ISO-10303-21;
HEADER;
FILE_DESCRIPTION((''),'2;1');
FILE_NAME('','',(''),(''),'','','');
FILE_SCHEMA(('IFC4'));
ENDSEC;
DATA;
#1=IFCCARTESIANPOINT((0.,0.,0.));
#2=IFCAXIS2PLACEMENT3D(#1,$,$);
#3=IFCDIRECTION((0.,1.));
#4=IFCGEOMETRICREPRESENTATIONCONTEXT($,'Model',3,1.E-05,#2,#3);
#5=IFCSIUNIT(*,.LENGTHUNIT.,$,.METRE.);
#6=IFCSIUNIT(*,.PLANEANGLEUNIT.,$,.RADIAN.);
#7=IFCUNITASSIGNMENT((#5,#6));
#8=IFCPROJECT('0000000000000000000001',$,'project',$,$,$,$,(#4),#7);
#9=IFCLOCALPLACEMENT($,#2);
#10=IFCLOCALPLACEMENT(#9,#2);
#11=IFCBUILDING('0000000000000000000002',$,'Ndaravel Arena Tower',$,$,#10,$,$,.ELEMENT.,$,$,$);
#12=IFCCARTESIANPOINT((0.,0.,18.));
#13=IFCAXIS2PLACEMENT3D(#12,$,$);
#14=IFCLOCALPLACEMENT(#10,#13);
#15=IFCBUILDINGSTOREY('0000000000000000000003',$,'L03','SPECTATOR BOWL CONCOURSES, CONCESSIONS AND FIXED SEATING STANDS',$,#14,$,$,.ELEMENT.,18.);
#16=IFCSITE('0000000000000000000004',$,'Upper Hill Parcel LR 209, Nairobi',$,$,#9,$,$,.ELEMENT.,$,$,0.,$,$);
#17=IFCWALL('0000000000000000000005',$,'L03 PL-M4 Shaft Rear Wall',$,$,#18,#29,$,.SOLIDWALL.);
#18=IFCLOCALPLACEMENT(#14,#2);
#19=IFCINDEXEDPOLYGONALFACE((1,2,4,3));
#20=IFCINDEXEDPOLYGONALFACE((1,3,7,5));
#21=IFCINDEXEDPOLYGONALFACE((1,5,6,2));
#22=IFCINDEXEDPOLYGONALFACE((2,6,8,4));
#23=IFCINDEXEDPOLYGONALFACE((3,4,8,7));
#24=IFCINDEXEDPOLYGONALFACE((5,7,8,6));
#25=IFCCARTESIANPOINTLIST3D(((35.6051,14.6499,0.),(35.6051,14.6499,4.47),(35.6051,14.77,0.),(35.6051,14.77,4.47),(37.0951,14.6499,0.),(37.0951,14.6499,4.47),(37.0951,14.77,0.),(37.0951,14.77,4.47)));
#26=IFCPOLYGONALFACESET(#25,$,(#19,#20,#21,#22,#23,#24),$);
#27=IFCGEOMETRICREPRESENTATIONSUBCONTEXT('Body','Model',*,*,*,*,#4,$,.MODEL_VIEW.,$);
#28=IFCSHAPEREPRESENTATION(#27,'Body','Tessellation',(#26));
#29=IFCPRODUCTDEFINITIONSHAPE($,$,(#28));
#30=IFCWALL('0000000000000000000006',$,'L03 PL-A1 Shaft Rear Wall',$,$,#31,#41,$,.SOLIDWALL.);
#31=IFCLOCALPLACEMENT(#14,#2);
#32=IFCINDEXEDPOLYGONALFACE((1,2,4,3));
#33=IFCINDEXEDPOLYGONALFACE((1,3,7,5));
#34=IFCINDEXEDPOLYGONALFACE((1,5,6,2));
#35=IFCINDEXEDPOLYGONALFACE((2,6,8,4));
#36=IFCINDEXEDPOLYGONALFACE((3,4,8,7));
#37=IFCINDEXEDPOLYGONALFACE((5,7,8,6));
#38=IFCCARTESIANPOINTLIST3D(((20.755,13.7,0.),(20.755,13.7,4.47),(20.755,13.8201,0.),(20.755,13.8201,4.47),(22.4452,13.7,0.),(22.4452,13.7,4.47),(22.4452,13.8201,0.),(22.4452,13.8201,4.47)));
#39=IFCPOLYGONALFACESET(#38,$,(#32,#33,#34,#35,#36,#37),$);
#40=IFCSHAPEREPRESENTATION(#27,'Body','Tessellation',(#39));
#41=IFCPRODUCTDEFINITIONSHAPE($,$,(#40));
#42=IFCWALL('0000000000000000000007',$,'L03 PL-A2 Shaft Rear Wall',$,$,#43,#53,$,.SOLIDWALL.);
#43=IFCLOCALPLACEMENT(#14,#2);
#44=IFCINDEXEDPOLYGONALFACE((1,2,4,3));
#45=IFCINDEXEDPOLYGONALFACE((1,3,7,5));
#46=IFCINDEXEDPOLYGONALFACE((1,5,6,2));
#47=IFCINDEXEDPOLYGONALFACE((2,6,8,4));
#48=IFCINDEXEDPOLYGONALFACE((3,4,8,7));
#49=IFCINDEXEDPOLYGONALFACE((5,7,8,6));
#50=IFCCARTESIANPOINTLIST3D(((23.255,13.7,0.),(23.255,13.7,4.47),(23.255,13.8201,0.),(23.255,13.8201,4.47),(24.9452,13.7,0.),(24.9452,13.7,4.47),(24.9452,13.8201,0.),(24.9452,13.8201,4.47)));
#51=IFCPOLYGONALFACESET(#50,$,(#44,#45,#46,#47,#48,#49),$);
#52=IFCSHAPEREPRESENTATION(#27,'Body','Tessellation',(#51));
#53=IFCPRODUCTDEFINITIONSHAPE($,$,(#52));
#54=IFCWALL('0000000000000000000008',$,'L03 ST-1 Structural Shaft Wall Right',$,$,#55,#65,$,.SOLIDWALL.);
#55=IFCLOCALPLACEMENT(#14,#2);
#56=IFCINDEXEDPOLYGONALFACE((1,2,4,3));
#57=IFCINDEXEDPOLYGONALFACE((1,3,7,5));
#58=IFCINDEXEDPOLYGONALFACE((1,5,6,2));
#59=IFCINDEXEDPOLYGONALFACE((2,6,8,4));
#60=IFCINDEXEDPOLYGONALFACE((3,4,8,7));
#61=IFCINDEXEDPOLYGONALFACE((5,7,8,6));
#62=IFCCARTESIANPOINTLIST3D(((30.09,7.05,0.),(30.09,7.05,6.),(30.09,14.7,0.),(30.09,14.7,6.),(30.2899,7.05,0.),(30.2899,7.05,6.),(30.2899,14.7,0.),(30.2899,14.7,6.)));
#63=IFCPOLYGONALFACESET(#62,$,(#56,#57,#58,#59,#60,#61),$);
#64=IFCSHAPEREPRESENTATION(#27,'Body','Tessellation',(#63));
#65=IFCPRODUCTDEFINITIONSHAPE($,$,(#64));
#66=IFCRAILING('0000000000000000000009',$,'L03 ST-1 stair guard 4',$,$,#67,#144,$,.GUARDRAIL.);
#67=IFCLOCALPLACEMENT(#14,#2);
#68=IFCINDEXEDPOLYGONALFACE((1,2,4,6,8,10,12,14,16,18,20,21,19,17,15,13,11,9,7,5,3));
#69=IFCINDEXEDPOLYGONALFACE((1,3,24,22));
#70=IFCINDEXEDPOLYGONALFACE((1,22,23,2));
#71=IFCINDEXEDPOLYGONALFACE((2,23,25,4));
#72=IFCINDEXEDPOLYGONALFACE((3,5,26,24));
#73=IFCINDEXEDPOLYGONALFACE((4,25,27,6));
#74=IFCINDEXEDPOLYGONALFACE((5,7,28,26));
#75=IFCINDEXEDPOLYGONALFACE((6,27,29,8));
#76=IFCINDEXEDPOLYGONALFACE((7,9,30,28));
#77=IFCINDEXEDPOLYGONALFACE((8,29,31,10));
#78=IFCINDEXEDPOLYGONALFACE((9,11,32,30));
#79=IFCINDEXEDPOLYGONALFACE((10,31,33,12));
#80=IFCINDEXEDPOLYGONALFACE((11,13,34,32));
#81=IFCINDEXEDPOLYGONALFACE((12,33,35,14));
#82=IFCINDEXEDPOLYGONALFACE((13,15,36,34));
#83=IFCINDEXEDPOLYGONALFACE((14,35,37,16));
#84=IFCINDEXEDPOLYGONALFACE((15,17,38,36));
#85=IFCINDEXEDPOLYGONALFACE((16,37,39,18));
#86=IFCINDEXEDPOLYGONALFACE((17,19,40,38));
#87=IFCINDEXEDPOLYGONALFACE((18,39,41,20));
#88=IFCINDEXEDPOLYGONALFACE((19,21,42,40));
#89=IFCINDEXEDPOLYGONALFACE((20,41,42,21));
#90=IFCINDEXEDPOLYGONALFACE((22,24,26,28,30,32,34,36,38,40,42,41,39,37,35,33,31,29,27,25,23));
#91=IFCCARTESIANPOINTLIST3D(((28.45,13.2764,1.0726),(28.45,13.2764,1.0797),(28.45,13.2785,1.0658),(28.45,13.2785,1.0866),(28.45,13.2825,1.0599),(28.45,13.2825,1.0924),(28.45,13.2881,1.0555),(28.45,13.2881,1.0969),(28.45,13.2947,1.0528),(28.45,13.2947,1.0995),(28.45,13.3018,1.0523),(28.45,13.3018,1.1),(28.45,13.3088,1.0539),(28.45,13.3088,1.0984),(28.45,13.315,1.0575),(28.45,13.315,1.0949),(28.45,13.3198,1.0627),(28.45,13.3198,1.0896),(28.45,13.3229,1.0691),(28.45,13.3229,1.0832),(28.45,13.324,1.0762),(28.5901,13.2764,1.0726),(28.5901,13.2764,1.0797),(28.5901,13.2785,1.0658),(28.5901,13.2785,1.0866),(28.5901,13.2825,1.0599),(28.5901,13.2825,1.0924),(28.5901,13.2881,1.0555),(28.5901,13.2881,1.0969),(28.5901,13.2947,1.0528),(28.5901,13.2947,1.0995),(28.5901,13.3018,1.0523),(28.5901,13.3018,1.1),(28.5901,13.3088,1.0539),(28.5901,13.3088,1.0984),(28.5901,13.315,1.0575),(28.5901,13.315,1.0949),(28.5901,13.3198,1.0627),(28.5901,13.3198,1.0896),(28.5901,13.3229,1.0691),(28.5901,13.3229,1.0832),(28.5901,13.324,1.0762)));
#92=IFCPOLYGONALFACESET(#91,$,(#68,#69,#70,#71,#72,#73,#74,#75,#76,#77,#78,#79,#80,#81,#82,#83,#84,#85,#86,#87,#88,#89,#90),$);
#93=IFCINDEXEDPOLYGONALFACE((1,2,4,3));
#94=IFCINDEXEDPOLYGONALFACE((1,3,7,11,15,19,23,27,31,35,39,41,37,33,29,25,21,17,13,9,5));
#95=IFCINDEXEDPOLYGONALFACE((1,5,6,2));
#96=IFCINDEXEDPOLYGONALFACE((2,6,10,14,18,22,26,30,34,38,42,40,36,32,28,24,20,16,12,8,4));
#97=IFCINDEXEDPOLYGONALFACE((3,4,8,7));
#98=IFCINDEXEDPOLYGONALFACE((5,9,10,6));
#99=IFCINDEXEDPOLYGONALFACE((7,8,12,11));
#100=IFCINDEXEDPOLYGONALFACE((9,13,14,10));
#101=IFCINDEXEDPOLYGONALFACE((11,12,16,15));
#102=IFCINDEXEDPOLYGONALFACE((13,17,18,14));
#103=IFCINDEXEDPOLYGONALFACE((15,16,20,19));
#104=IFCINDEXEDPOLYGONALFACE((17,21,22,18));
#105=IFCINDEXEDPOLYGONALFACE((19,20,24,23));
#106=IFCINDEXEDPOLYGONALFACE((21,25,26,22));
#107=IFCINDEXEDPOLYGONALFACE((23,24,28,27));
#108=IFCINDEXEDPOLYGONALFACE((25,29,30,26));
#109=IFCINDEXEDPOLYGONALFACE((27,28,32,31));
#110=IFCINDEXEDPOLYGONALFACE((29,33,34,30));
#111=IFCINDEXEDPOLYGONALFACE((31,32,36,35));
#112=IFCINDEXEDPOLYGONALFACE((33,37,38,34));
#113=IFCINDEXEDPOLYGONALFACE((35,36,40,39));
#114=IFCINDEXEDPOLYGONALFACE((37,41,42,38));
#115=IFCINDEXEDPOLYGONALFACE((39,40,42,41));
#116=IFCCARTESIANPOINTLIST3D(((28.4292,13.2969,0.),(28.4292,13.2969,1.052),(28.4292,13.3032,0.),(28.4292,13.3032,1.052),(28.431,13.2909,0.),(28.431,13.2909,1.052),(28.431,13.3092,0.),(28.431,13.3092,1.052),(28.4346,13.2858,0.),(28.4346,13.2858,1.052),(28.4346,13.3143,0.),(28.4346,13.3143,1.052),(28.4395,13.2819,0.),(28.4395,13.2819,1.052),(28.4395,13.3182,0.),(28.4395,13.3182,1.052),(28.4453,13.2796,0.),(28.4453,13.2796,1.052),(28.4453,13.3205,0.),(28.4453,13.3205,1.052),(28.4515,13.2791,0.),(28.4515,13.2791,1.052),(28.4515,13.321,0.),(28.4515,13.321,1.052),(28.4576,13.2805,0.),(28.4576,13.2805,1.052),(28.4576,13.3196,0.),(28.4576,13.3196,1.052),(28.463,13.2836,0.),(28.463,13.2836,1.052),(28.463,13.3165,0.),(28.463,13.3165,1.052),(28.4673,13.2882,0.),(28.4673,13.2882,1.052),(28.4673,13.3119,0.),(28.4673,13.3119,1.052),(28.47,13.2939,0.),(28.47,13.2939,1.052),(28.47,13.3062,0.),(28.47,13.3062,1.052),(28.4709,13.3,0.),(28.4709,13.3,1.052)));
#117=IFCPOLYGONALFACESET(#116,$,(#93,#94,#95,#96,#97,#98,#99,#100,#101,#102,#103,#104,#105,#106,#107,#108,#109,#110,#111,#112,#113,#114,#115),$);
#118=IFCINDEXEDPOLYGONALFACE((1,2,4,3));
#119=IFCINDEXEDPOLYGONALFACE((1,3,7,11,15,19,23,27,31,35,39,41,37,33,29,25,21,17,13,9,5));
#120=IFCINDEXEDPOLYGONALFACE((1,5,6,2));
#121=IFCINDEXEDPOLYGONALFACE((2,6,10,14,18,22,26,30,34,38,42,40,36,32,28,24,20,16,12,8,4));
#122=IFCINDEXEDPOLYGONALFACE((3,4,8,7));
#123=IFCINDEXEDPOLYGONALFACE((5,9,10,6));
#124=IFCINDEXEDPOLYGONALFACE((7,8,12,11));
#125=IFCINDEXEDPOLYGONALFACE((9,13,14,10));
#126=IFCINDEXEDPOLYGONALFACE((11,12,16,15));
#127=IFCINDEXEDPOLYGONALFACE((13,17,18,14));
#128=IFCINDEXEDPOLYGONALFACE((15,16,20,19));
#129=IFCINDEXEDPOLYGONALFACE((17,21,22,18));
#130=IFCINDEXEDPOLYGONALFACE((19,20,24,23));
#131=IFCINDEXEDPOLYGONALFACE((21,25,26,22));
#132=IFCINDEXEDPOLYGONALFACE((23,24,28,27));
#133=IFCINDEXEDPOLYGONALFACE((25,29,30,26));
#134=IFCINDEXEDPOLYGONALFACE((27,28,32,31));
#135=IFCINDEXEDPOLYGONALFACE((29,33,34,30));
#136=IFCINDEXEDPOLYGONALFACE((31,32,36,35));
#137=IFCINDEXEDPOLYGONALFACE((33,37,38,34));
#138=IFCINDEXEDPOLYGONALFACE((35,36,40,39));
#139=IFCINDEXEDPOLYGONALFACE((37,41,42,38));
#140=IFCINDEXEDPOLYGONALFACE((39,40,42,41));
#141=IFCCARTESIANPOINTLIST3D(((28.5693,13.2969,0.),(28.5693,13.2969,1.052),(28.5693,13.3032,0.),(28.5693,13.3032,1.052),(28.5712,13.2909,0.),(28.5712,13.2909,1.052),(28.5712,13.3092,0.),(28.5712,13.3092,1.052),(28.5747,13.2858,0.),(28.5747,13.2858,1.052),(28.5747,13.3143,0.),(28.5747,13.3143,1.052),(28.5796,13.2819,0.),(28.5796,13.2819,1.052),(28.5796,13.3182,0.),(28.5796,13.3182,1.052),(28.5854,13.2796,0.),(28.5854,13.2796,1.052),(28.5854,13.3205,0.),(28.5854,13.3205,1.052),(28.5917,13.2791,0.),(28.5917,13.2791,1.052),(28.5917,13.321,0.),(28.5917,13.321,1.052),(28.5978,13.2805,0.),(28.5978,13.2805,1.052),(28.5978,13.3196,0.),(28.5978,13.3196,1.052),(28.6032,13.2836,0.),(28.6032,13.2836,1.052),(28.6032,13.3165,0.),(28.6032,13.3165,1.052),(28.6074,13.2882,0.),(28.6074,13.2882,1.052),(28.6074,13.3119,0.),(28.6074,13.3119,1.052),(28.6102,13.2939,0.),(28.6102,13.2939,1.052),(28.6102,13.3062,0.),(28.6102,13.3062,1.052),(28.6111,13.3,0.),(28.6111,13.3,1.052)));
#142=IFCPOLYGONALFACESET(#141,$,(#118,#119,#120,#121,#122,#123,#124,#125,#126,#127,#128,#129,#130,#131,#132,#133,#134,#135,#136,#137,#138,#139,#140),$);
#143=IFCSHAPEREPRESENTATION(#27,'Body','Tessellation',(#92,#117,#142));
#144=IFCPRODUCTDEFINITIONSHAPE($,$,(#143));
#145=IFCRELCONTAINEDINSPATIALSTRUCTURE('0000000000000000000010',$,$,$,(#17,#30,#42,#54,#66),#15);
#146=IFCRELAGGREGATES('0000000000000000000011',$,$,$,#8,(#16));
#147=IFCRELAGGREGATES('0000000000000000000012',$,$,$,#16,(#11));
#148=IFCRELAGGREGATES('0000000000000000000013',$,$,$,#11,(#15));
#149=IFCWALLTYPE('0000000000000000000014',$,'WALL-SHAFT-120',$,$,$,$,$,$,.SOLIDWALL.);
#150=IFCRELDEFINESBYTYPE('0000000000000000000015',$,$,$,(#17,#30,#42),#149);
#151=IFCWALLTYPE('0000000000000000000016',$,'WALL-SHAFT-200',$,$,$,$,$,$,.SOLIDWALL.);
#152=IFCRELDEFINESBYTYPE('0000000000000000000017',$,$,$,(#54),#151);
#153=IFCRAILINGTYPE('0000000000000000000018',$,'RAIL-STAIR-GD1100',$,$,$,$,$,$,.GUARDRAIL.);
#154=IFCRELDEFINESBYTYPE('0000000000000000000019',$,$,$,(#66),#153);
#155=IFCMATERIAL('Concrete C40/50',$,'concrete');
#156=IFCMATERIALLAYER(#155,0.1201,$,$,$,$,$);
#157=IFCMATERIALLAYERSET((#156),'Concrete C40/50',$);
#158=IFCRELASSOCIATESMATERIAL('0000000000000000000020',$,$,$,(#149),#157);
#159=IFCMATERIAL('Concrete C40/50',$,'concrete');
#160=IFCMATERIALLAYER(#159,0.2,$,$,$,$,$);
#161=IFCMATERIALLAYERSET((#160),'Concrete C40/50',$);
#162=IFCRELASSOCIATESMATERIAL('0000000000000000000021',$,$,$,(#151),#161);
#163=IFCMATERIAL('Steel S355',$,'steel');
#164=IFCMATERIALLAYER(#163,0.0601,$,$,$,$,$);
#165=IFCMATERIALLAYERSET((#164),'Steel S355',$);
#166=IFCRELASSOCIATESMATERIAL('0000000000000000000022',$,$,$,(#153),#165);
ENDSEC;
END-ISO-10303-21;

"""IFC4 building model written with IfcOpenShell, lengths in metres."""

from ifc_helpers import new_model, si_unit, direction, frame, frame_2d, origin, origin_2d, place, context, subcontext, project, spatial, rectangle, circle, extrude, material, layer, layer_set, type_object, element, save


model = new_model("IFC4")

# Units and contexts
model_context = context("Model", 3, precision=1e-05, world=origin(), true_north=direction((0.0, 1.0)))
body_context = subcontext(model_context, "Body", "Model", "MODEL_VIEW")
ifc_project = project(units=[si_unit("LENGTHUNIT", "METRE"), si_unit("PLANEANGLEUNIT", "RADIAN")], contexts=[model_context])

# Site, building, storey
site_placement = place(None, origin())
site = spatial("IfcSite", under=ifc_project, at=site_placement, Name="Upper Hill Parcel LR 209, Nairobi", CompositionType="ELEMENT", RefElevation=0.0)
building_placement = place(site_placement, origin())
building = spatial("IfcBuilding", under=site, at=building_placement, Name="Ndaravel Arena Tower", CompositionType="ELEMENT")
storey_placement = place(building_placement, frame((0.0, 0.0, 18.0)))
storey = spatial("IfcBuildingStorey", under=building, at=storey_placement, Name="L03", Description="SPECTATOR BOWL CONCOURSES, CONCESSIONS AND FIXED SEATING STANDS", CompositionType="ELEMENT", Elevation=18.0)

# Walls
ifc_material_1 = material(Name="Concrete C40/50", Category="concrete")
ifc_layer_1 = layer(ifc_material_1, 0.1201)
ifc_layer_set_1 = layer_set([ifc_layer_1], Name="Concrete C40/50")
wall_type_1 = type_object("IfcWallType", Name="WALL-SHAFT-120", PredefinedType="SOLIDWALL", material=ifc_layer_set_1)
wall_1_placement = place(storey_placement, frame((35.605, 14.71, 0.0), z_axis=(0.0, 0.0, 1.0), x_axis=(1.0, 0.0, 0.0)))
element("IfcWall", 1, at=wall_1_placement, inside=storey, type_object=wall_type_1, Name="L03 PL-M4 Shaft Rear Wall", PredefinedType="SOLIDWALL", context=body_context, shape_type="SweptSolid", body=[
    extrude(rectangle(XDim=1.49, YDim=0.1201, at=frame_2d((0.7451, 0.0))), origin(), (0.0, 0.0, 1.0), 4.47),
])
for number, where, z_axis, x_axis, name in (
    (2, (20.7549, 13.76, 0.0), (0.0, 0.0, 1.0), (1.0, 0.0, 0.0), "L03 PL-A1 Shaft Rear Wall"),
    (3, (23.2549, 13.76, 0.0), (0.0, 0.0, 1.0), (1.0, 0.0, 0.0), "L03 PL-A2 Shaft Rear Wall"),
):
    element("IfcWall", number, at=place(storey_placement, frame(where, z_axis=z_axis, x_axis=x_axis)), inside=storey, type_object=wall_type_1, Name=name, PredefinedType="SOLIDWALL", context=body_context, shape_type="SweptSolid", body=[
        extrude(rectangle(XDim=1.6902, YDim=0.1201, at=frame_2d((0.8452, 0.0))), origin(), (0.0, 0.0, 1.0), 4.47),
    ])
ifc_material_2 = material(Name="Concrete C40/50", Category="concrete")
ifc_layer_2 = layer(ifc_material_2, 0.2)
ifc_layer_set_2 = layer_set([ifc_layer_2], Name="Concrete C40/50")
wall_type_2 = type_object("IfcWallType", Name="WALL-SHAFT-200", PredefinedType="SOLIDWALL", material=ifc_layer_set_2)
wall_2_placement = place(storey_placement, frame((30.1899, 14.7, 0.0), z_axis=(0.0, 0.0, 1.0), x_axis=(0.0, -1.0, 0.0)))
element("IfcWall", 4, at=wall_2_placement, inside=storey, type_object=wall_type_2, Name="L03 ST-1 Structural Shaft Wall Right", PredefinedType="SOLIDWALL", context=body_context, shape_type="SweptSolid", body=[
    extrude(rectangle(XDim=7.6499, YDim=0.2, at=frame_2d((3.825, 0.0))), origin(), (0.0, 0.0, 1.0), 6.0),
])

# Railing
ifc_material_3 = material(Name="Steel S355", Category="steel")
ifc_layer_3 = layer(ifc_material_3, 0.0601)
ifc_layer_set_3 = layer_set([ifc_layer_3], Name="Steel S355")
railing_type_1 = type_object("IfcRailingType", Name="RAIL-STAIR-GD1100", PredefinedType="GUARDRAIL", material=ifc_layer_set_3)
railing_1_placement = place(storey_placement, frame((28.45, 13.3, 0.0)))
element("IfcRailing", 5, at=railing_1_placement, inside=storey, type_object=railing_type_1, Name="L03 ST-1 stair guard 4", PredefinedType="GUARDRAIL", context=body_context, shape_type="SweptSolid", body=[
    extrude(circle(Radius=0.0239, at=origin_2d()), frame((0.0, 0.0, 1.0762), z_axis=(1.0, 0.0, 0.0), x_axis=(0.0, 1.0, 0.0)), (0.0, 0.0, 1.0), 0.1401),
    extrude(circle(Radius=0.021, at=origin_2d()), origin(), (0.0, 0.0, 1.0), 1.052),
    extrude(circle(Radius=0.021, at=origin_2d()), frame((0.1401, 0.0, 0.0)), (0.0, 0.0, 1.0), 1.052),
])

save(model, "model.ifc")
